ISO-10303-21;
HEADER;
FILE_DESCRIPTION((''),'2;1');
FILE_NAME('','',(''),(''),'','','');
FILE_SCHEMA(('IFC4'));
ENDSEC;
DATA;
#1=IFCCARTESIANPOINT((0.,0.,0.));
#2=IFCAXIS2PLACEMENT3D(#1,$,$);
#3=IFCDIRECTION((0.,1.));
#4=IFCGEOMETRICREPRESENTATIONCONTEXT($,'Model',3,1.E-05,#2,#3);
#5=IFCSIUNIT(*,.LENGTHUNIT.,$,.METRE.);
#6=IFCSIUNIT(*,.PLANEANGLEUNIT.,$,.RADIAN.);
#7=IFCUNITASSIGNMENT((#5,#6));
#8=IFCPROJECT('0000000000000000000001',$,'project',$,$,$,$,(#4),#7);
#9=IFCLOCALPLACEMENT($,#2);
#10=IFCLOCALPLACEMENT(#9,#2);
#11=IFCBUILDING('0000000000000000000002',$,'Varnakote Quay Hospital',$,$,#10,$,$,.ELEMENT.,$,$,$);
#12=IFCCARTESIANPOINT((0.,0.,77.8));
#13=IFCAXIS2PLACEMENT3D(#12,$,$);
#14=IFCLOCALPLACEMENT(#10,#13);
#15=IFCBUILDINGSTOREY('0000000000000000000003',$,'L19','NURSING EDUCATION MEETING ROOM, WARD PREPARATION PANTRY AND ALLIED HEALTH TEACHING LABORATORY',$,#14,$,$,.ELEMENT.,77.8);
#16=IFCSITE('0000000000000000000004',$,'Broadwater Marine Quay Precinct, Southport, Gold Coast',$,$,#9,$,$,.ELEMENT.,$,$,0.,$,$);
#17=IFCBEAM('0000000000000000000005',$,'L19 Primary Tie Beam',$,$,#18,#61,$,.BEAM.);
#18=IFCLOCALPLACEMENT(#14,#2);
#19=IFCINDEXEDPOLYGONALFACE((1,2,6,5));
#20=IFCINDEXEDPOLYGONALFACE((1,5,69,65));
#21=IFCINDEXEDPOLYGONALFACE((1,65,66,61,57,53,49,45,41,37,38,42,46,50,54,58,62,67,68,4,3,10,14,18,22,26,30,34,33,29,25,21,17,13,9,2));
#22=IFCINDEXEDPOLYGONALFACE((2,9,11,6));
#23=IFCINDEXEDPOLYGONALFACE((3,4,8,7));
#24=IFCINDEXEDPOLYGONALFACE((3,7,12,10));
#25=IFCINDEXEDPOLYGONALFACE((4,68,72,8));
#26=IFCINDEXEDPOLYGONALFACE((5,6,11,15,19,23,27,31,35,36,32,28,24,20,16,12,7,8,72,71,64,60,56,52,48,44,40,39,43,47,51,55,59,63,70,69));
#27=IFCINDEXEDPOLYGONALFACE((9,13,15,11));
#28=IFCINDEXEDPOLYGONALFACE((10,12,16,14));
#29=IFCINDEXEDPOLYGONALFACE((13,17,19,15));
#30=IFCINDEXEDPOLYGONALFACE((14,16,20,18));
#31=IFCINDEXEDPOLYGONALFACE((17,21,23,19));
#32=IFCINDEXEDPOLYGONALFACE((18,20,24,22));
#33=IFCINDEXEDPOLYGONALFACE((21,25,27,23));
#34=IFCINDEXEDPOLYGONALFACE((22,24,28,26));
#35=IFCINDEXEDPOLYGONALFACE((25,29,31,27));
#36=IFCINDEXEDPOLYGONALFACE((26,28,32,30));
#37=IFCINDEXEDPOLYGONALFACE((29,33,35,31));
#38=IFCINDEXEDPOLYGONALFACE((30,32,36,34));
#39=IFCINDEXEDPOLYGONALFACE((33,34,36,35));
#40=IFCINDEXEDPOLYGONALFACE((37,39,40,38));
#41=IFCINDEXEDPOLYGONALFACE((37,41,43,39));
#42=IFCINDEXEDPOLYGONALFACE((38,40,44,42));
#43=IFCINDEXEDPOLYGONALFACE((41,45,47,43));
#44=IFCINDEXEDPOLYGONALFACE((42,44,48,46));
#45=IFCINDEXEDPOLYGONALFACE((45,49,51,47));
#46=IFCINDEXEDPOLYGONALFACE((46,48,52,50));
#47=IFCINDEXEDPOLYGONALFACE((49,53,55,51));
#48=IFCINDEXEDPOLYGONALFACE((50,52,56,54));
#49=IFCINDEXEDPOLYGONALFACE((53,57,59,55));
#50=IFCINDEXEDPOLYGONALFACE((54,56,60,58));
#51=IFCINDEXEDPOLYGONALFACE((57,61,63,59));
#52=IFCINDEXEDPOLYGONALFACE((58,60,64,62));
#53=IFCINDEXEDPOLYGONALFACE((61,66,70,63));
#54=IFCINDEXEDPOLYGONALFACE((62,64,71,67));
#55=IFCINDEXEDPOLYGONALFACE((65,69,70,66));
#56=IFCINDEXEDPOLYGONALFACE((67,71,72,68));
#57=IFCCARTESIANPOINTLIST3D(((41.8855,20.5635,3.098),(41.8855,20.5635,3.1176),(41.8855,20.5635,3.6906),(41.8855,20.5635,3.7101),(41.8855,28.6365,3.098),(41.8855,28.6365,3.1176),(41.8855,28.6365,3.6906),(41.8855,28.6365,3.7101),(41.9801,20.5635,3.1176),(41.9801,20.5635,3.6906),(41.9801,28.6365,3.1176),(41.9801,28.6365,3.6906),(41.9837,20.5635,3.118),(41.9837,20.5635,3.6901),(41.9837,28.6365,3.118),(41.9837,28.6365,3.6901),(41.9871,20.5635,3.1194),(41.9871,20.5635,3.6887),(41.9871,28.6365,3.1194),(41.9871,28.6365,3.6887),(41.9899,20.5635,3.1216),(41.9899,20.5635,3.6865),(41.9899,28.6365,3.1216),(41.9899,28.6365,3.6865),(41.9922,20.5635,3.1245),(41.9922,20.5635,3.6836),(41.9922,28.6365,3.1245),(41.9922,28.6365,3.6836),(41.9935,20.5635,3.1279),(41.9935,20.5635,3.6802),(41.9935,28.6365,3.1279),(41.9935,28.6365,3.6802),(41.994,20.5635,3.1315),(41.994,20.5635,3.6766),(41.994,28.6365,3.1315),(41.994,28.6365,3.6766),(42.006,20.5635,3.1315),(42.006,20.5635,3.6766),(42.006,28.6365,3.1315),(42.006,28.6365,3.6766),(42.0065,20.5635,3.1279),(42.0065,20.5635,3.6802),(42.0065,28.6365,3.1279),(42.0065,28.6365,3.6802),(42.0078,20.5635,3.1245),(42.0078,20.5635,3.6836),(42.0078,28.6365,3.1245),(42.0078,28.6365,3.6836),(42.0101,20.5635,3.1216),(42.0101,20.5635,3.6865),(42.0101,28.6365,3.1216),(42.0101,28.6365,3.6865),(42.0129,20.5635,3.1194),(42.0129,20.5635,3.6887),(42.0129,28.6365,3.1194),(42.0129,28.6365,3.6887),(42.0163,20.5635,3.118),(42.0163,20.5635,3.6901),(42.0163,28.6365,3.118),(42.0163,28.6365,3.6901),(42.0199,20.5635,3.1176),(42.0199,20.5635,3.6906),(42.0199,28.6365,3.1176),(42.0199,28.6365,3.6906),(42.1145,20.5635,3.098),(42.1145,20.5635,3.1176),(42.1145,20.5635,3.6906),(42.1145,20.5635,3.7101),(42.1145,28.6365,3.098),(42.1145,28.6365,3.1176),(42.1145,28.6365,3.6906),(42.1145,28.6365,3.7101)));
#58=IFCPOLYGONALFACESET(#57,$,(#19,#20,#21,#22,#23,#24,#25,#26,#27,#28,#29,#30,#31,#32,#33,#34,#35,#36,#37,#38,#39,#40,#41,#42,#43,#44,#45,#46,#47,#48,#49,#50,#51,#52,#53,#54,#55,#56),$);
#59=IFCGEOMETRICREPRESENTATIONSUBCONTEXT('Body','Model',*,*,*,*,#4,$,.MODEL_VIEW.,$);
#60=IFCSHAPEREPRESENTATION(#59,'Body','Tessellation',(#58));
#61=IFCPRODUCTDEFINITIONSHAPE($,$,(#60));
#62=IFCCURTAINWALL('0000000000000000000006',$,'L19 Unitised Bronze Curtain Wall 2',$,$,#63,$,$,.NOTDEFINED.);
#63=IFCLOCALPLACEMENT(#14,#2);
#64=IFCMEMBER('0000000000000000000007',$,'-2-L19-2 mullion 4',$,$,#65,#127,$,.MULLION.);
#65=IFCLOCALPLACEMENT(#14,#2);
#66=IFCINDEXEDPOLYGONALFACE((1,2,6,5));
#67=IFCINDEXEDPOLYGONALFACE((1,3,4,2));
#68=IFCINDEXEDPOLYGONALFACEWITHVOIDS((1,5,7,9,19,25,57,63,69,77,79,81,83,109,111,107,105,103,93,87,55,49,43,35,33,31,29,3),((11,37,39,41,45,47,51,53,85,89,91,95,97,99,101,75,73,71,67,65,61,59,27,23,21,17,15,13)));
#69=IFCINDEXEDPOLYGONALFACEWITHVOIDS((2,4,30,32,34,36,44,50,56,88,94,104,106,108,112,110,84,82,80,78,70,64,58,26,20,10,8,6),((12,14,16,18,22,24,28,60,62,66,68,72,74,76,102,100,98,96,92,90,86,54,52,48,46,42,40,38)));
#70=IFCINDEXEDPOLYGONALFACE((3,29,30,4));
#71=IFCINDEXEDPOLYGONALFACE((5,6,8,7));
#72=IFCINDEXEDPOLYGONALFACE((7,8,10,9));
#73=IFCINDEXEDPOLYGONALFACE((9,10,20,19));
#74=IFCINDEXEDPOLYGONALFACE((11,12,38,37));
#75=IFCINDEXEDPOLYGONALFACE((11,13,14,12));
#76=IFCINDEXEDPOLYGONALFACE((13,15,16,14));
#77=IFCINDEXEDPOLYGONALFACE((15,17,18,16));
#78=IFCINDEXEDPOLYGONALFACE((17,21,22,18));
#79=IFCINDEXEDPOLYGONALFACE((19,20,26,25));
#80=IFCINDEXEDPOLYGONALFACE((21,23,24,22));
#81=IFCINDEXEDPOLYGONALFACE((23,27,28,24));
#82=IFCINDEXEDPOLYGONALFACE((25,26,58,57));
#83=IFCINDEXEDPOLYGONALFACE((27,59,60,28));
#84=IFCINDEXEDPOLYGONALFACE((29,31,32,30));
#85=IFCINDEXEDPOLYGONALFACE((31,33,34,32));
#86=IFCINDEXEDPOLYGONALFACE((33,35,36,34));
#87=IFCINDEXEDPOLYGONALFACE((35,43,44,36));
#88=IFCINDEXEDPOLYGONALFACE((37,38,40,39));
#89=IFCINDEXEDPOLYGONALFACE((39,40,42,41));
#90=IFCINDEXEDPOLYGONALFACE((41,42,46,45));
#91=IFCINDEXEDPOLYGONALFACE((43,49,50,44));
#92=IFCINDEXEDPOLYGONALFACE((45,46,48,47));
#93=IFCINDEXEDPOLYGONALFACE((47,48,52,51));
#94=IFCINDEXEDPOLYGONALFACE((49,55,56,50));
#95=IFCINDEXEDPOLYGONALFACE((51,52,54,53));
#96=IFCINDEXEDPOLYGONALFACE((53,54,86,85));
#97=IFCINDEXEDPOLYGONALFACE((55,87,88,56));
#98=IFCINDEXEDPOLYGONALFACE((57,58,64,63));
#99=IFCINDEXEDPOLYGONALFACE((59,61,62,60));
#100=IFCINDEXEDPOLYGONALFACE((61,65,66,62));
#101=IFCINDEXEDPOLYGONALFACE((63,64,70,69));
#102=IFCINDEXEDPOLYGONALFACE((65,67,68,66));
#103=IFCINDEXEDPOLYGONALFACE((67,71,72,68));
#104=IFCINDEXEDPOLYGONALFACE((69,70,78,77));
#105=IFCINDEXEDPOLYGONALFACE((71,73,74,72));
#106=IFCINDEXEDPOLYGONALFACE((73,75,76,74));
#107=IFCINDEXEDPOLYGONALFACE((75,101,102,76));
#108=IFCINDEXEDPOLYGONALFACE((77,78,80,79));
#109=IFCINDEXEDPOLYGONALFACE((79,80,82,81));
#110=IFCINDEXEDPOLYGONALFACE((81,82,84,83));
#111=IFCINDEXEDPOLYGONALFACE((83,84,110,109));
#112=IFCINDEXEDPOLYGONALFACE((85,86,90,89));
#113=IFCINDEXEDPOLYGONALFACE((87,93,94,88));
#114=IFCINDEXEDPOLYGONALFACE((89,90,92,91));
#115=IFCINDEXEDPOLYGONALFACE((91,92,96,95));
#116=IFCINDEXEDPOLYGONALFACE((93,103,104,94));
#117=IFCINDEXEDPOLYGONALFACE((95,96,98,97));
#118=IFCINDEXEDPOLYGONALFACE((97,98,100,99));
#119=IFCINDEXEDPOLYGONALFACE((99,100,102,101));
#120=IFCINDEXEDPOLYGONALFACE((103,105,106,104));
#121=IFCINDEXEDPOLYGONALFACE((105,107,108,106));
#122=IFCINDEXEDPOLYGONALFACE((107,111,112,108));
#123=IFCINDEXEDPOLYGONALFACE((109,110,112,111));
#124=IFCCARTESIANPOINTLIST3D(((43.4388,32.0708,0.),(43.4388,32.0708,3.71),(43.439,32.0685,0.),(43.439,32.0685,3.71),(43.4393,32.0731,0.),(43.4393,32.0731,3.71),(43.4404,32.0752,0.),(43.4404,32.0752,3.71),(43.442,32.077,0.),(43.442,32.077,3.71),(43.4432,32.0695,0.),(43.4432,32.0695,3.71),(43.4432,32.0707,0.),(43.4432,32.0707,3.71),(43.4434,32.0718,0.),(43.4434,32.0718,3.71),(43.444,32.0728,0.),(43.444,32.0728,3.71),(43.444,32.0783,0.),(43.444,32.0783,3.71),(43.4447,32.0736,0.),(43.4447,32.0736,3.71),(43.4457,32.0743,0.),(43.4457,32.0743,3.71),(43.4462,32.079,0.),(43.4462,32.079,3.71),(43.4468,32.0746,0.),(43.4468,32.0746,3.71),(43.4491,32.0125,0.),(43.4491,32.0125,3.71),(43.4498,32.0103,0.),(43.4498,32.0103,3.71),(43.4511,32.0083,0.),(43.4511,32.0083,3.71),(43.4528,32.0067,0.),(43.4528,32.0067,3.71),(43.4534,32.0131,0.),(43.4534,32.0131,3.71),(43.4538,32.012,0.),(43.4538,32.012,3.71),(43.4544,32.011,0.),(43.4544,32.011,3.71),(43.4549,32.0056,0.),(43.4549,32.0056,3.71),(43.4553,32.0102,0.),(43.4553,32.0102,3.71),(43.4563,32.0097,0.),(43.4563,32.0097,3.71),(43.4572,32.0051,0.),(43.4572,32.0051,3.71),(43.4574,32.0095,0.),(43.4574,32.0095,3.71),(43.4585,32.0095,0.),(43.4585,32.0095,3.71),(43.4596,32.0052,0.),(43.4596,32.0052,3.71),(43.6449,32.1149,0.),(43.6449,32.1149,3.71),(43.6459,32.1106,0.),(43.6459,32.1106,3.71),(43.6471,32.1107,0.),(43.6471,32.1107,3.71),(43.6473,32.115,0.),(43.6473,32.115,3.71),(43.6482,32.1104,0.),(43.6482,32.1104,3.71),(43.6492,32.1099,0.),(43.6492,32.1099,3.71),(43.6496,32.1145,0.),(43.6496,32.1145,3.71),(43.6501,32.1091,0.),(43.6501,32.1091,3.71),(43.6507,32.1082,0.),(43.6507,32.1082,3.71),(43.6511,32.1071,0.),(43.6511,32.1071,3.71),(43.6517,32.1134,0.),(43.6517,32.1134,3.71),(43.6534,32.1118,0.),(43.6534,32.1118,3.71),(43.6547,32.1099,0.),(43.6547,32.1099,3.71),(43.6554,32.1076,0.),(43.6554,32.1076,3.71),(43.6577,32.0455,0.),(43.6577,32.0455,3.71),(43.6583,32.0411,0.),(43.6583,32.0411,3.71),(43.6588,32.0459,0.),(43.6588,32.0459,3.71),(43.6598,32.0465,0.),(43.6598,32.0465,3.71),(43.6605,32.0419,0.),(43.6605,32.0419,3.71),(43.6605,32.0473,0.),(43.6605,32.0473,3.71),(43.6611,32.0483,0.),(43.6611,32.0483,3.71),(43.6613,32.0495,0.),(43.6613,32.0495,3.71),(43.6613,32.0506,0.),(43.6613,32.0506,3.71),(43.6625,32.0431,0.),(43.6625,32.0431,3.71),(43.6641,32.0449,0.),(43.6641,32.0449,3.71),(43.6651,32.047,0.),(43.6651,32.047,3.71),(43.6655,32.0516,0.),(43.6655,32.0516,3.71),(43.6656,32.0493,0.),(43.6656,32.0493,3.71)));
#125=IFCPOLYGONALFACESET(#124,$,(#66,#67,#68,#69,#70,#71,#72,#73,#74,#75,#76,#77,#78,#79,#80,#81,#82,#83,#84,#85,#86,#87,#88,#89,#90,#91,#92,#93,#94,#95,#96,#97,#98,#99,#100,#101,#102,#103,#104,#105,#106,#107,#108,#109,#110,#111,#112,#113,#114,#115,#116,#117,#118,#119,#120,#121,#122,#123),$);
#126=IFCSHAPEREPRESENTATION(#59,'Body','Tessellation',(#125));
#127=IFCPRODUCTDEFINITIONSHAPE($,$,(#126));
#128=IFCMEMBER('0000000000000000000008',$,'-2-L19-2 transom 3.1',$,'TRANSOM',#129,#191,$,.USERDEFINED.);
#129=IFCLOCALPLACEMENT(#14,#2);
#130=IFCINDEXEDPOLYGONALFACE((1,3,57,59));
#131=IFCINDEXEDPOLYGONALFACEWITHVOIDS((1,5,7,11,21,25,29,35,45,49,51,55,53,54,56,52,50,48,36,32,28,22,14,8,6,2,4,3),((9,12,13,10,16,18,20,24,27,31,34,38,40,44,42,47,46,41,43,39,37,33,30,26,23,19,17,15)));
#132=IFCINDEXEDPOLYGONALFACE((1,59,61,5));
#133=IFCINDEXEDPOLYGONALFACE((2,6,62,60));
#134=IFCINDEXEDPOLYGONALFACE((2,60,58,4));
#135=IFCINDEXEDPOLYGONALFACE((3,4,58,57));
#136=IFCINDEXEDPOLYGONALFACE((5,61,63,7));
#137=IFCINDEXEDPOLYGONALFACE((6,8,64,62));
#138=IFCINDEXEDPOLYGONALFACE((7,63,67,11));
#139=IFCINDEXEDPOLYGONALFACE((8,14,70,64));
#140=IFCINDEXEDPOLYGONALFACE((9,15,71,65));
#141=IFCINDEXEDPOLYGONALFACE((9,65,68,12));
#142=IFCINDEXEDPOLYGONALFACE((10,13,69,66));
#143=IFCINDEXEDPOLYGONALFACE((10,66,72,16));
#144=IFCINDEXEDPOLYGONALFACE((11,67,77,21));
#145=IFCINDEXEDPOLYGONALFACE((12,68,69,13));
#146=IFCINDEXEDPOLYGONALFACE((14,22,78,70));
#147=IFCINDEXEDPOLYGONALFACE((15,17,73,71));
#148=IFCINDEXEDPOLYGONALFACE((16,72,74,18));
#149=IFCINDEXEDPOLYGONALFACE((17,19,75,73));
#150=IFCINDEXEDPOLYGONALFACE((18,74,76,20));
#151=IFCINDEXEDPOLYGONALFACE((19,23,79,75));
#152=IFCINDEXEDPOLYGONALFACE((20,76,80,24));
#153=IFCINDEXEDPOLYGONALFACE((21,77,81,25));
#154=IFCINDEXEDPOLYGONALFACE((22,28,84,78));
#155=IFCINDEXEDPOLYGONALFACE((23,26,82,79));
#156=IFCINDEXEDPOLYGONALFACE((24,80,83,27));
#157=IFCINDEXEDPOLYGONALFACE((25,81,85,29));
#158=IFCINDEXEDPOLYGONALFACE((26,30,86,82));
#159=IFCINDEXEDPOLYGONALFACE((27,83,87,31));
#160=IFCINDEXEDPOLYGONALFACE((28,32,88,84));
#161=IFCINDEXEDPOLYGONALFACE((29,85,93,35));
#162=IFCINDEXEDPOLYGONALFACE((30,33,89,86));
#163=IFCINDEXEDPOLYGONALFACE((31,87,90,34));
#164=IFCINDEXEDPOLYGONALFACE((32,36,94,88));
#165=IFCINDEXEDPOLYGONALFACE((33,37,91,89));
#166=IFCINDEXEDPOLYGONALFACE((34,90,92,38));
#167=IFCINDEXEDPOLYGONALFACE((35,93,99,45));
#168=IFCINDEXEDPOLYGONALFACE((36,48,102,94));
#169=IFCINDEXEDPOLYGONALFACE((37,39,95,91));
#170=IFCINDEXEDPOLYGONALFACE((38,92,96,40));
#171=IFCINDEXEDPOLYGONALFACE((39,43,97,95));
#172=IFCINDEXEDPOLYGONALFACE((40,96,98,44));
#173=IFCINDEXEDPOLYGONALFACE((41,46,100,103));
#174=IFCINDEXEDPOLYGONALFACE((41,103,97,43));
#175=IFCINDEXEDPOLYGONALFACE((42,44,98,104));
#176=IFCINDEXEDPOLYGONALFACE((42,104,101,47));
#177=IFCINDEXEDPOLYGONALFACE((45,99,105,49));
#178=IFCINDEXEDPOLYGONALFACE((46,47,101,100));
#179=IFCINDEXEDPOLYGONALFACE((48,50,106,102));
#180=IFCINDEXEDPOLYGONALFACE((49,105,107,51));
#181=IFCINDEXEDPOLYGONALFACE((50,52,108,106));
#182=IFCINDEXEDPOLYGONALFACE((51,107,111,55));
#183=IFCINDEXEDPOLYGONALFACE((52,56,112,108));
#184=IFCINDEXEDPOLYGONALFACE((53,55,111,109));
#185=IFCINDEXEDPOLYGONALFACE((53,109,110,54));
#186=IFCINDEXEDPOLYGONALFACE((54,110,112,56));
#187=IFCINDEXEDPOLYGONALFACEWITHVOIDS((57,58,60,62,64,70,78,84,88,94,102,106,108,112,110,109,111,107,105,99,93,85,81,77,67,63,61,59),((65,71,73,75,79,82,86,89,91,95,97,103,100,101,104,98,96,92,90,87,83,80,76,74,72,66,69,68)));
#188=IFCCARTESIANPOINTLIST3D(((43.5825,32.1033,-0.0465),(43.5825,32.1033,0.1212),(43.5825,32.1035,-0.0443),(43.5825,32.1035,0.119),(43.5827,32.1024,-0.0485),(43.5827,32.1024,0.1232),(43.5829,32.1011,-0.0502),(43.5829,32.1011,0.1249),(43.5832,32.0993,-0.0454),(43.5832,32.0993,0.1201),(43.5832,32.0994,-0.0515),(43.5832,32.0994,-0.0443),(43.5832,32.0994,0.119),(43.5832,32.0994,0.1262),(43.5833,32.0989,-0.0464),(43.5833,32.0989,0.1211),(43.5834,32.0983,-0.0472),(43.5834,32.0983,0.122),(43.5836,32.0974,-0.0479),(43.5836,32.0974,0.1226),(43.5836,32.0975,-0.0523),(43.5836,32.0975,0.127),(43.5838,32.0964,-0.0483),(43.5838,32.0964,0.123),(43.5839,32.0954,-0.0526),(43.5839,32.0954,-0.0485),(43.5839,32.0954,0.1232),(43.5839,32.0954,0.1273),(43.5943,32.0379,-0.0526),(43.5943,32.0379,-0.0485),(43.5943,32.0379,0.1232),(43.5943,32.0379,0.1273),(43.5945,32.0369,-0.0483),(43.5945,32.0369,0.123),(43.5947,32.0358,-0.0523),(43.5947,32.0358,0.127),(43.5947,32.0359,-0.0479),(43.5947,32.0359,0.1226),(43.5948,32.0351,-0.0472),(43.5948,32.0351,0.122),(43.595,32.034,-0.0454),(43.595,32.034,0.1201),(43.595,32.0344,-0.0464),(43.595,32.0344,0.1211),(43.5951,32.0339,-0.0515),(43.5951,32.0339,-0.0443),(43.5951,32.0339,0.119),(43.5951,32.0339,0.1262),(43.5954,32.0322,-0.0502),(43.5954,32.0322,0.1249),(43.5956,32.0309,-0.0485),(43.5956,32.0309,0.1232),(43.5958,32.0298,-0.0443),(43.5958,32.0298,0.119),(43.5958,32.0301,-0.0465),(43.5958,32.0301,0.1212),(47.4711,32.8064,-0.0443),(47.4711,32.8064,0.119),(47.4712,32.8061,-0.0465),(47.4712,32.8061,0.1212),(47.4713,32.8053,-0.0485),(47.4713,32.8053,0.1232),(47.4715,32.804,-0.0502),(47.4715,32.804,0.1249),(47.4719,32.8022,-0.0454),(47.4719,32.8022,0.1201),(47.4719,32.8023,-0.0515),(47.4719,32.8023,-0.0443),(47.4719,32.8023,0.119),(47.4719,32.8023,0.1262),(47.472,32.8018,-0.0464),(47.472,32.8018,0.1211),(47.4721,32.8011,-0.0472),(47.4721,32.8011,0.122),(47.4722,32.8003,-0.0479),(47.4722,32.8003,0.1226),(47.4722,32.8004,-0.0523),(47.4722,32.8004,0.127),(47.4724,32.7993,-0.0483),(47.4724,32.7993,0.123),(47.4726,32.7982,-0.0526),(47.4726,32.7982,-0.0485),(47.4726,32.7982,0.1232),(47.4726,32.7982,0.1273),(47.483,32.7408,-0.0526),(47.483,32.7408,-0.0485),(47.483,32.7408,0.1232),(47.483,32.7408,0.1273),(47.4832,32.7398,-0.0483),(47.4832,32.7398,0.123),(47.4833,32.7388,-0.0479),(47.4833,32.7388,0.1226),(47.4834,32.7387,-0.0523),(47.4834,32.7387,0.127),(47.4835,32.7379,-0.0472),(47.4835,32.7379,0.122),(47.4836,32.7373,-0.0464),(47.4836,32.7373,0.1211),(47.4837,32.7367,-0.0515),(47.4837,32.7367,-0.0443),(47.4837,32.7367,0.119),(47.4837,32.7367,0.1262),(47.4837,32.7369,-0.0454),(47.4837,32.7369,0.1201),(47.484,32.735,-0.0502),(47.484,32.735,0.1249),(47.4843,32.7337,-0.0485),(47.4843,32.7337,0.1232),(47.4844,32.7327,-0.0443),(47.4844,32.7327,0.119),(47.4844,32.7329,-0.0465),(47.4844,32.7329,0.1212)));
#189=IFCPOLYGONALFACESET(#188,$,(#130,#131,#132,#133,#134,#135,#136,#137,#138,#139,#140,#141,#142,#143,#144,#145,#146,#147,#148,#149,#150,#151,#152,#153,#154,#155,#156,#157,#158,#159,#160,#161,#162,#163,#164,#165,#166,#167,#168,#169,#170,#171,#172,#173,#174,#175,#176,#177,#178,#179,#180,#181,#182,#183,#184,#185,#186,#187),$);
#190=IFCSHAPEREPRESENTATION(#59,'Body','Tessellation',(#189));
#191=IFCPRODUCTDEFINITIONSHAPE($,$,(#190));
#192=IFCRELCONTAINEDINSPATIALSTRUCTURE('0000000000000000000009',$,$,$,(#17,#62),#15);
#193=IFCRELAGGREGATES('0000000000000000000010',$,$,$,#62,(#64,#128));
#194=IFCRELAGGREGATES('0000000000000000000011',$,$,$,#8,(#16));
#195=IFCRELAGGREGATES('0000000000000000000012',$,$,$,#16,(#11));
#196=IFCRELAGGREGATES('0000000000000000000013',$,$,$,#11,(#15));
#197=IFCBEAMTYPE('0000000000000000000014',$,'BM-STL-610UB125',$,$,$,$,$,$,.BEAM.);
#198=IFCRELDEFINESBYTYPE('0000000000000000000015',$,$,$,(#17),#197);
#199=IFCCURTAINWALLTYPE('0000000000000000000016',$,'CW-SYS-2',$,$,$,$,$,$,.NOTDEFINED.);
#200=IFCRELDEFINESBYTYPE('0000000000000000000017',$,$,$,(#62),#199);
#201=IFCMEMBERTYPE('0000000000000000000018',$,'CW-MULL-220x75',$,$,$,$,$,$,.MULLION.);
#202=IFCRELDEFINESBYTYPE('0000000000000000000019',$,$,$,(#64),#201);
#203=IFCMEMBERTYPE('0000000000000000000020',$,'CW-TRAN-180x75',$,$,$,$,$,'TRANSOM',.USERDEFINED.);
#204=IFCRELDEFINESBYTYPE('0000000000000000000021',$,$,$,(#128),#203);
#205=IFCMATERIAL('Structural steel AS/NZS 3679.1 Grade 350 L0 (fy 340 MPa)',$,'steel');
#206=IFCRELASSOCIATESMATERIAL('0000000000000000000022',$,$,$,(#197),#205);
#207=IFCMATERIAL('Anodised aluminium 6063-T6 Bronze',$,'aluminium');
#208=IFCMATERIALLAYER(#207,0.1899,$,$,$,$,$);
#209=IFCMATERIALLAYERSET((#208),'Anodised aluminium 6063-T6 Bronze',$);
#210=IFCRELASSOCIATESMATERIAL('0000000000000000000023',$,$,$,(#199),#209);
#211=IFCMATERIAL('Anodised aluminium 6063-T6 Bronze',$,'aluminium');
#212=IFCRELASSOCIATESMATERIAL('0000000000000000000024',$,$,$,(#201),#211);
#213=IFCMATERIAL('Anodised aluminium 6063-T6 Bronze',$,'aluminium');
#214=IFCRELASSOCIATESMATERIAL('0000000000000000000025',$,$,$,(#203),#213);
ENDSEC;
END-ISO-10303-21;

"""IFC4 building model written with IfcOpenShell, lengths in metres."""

from ifc_helpers import new_model, si_unit, direction, frame, origin, origin_2d, place, context, subcontext, project, spatial, hollow_rectangle, i_section, extrude, material, layer, layer_set, material_profile, profile_set, type_object, element, aggregate, save


model = new_model("IFC4")

# Units and contexts
model_context = context("Model", 3, precision=1e-05, world=origin(), true_north=direction((0.0, 1.0)))
body_context = subcontext(model_context, "Body", "Model", "MODEL_VIEW")
ifc_project = project(units=[si_unit("LENGTHUNIT", "METRE"), si_unit("PLANEANGLEUNIT", "RADIAN")], contexts=[model_context])

# Site, building, storey
site_placement = place(None, origin())
site = spatial("IfcSite", under=ifc_project, at=site_placement, Name="Broadwater Marine Quay Precinct, Southport, Gold Coast", CompositionType="ELEMENT", RefElevation=0.0)
building_placement = place(site_placement, origin())
building = spatial("IfcBuilding", under=site, at=building_placement, Name="Varnakote Quay Hospital", CompositionType="ELEMENT")
storey_placement = place(building_placement, frame((0.0, 0.0, 77.8)))
storey = spatial("IfcBuildingStorey", under=building, at=storey_placement, Name="L19", Description="NURSING EDUCATION MEETING ROOM, WARD PREPARATION PANTRY AND ALLIED HEALTH TEACHING LABORATORY", CompositionType="ELEMENT", Elevation=77.8)

# Beam
ifc_material_1 = material(Name="Structural steel AS/NZS 3679.1 Grade 350 L0 (fy 340 MPa)", Category="steel")
ifc_material_profile_1 = material_profile(ifc_material_1, i_section(OverallWidth=0.229, OverallDepth=0.6121, WebThickness=0.012, FlangeThickness=0.0195, FilletRadius=0.0139, at=origin_2d()), Name="610UB125")
ifc_profile_set_1 = profile_set([ifc_material_profile_1], Name="Structural steel AS/NZS 3679.1 Grade 350 L0 (fy 340 MPa)")
beam_type_1 = type_object("IfcBeamType", Name="BM-STL-610UB125", PredefinedType="BEAM", material=ifc_profile_set_1)
beam_placement = place(storey_placement, frame((42.0, 20.5635, 3.4041), z_axis=(0.0, 1.0, 0.0), x_axis=(-1.0, 0.0, 0.0)))
element("IfcBeam", 1, at=beam_placement, inside=storey, type_object=beam_type_1, Name="L19 Primary Tie Beam", PredefinedType="BEAM", context=body_context, shape_type="SweptSolid", body=[
    extrude(i_section(OverallWidth=0.229, OverallDepth=0.6121, WebThickness=0.012, FlangeThickness=0.0195, FilletRadius=0.0139, at=origin_2d()), origin(), (0.0, 0.0, 1.0), 8.073),
])

# Curtain wall, members
ifc_material_2 = material(Name="Anodised aluminium 6063-T6 Bronze", Category="aluminium")
ifc_layer_1 = layer(ifc_material_2, 0.1899)
ifc_layer_set_1 = layer_set([ifc_layer_1], Name="Anodised aluminium 6063-T6 Bronze")
curtain_wall_type = type_object("IfcCurtainWallType", Name="CW-SYS-2", PredefinedType="NOTDEFINED", material=ifc_layer_set_1)
curtain_wall_placement = place(storey_placement, origin())
curtain_wall = element("IfcCurtainWall", 2, at=curtain_wall_placement, inside=storey, type_object=curtain_wall_type, Name="L19 Unitised Bronze Curtain Wall 2", PredefinedType="NOTDEFINED")
ifc_material_3 = material(Name="Anodised aluminium 6063-T6 Bronze", Category="aluminium")
ifc_material_profile_2 = material_profile(ifc_material_3, hollow_rectangle(XDim=0.075, YDim=0.22, WallThickness=0.0044, InnerFilletRadius=0.0044, OuterFilletRadius=0.009, at=origin_2d()), Name="CW-MULL-220x75")
ifc_profile_set_2 = profile_set([ifc_material_profile_2], Name="Anodised aluminium 6063-T6 Bronze")
member_type_1 = type_object("IfcMemberType", Name="CW-MULL-220x75", PredefinedType="MULLION", material=ifc_profile_set_2)
member_1_placement = place(storey_placement, frame((43.5522, 32.0601, 0.0), z_axis=(0.0, 0.0, 1.0), x_axis=(0.177846, -0.984058, 0.0)))
member_1 = element("IfcMember", 3, at=member_1_placement, type_object=member_type_1, Name="-2-L19-2 mullion 4", PredefinedType="MULLION", context=body_context, shape_type="SweptSolid", body=[
    extrude(hollow_rectangle(XDim=0.075, YDim=0.22, WallThickness=0.0044, InnerFilletRadius=0.0044, OuterFilletRadius=0.009, at=origin_2d()), origin(), (0.0, 0.0, 1.0), 3.71),
])
ifc_material_4 = material(Name="Anodised aluminium 6063-T6 Bronze", Category="aluminium")
ifc_material_profile_3 = material_profile(ifc_material_4, hollow_rectangle(XDim=0.075, YDim=0.1799, WallThickness=0.0042, InnerFilletRadius=0.0042, OuterFilletRadius=0.0083, at=origin_2d()), Name="CW-TRAN-180x75")
ifc_profile_set_3 = profile_set([ifc_material_profile_3], Name="Anodised aluminium 6063-T6 Bronze")
member_type_2 = type_object("IfcMemberType", Name="CW-TRAN-180x75", ElementType="TRANSOM", PredefinedType="USERDEFINED", material=ifc_profile_set_3)
member_2_placement = place(storey_placement, frame((47.4778, 32.7695, 0.0374), z_axis=(-0.984054, -0.177869, 0.0), x_axis=(0.177869, -0.984054, 0.0)))
member_2 = element("IfcMember", 4, at=member_2_placement, type_object=member_type_2, Name="-2-L19-2 transom 3.1", ObjectType="TRANSOM", PredefinedType="USERDEFINED", context=body_context, shape_type="SweptSolid", body=[
    extrude(hollow_rectangle(XDim=0.075, YDim=0.1799, WallThickness=0.0042, InnerFilletRadius=0.0042, OuterFilletRadius=0.0083, at=origin_2d()), origin(), (0.0, 0.0, 1.0), 3.9517),
])

aggregate(curtain_wall, [member_1, member_2])

save(model, "model.ifc")
